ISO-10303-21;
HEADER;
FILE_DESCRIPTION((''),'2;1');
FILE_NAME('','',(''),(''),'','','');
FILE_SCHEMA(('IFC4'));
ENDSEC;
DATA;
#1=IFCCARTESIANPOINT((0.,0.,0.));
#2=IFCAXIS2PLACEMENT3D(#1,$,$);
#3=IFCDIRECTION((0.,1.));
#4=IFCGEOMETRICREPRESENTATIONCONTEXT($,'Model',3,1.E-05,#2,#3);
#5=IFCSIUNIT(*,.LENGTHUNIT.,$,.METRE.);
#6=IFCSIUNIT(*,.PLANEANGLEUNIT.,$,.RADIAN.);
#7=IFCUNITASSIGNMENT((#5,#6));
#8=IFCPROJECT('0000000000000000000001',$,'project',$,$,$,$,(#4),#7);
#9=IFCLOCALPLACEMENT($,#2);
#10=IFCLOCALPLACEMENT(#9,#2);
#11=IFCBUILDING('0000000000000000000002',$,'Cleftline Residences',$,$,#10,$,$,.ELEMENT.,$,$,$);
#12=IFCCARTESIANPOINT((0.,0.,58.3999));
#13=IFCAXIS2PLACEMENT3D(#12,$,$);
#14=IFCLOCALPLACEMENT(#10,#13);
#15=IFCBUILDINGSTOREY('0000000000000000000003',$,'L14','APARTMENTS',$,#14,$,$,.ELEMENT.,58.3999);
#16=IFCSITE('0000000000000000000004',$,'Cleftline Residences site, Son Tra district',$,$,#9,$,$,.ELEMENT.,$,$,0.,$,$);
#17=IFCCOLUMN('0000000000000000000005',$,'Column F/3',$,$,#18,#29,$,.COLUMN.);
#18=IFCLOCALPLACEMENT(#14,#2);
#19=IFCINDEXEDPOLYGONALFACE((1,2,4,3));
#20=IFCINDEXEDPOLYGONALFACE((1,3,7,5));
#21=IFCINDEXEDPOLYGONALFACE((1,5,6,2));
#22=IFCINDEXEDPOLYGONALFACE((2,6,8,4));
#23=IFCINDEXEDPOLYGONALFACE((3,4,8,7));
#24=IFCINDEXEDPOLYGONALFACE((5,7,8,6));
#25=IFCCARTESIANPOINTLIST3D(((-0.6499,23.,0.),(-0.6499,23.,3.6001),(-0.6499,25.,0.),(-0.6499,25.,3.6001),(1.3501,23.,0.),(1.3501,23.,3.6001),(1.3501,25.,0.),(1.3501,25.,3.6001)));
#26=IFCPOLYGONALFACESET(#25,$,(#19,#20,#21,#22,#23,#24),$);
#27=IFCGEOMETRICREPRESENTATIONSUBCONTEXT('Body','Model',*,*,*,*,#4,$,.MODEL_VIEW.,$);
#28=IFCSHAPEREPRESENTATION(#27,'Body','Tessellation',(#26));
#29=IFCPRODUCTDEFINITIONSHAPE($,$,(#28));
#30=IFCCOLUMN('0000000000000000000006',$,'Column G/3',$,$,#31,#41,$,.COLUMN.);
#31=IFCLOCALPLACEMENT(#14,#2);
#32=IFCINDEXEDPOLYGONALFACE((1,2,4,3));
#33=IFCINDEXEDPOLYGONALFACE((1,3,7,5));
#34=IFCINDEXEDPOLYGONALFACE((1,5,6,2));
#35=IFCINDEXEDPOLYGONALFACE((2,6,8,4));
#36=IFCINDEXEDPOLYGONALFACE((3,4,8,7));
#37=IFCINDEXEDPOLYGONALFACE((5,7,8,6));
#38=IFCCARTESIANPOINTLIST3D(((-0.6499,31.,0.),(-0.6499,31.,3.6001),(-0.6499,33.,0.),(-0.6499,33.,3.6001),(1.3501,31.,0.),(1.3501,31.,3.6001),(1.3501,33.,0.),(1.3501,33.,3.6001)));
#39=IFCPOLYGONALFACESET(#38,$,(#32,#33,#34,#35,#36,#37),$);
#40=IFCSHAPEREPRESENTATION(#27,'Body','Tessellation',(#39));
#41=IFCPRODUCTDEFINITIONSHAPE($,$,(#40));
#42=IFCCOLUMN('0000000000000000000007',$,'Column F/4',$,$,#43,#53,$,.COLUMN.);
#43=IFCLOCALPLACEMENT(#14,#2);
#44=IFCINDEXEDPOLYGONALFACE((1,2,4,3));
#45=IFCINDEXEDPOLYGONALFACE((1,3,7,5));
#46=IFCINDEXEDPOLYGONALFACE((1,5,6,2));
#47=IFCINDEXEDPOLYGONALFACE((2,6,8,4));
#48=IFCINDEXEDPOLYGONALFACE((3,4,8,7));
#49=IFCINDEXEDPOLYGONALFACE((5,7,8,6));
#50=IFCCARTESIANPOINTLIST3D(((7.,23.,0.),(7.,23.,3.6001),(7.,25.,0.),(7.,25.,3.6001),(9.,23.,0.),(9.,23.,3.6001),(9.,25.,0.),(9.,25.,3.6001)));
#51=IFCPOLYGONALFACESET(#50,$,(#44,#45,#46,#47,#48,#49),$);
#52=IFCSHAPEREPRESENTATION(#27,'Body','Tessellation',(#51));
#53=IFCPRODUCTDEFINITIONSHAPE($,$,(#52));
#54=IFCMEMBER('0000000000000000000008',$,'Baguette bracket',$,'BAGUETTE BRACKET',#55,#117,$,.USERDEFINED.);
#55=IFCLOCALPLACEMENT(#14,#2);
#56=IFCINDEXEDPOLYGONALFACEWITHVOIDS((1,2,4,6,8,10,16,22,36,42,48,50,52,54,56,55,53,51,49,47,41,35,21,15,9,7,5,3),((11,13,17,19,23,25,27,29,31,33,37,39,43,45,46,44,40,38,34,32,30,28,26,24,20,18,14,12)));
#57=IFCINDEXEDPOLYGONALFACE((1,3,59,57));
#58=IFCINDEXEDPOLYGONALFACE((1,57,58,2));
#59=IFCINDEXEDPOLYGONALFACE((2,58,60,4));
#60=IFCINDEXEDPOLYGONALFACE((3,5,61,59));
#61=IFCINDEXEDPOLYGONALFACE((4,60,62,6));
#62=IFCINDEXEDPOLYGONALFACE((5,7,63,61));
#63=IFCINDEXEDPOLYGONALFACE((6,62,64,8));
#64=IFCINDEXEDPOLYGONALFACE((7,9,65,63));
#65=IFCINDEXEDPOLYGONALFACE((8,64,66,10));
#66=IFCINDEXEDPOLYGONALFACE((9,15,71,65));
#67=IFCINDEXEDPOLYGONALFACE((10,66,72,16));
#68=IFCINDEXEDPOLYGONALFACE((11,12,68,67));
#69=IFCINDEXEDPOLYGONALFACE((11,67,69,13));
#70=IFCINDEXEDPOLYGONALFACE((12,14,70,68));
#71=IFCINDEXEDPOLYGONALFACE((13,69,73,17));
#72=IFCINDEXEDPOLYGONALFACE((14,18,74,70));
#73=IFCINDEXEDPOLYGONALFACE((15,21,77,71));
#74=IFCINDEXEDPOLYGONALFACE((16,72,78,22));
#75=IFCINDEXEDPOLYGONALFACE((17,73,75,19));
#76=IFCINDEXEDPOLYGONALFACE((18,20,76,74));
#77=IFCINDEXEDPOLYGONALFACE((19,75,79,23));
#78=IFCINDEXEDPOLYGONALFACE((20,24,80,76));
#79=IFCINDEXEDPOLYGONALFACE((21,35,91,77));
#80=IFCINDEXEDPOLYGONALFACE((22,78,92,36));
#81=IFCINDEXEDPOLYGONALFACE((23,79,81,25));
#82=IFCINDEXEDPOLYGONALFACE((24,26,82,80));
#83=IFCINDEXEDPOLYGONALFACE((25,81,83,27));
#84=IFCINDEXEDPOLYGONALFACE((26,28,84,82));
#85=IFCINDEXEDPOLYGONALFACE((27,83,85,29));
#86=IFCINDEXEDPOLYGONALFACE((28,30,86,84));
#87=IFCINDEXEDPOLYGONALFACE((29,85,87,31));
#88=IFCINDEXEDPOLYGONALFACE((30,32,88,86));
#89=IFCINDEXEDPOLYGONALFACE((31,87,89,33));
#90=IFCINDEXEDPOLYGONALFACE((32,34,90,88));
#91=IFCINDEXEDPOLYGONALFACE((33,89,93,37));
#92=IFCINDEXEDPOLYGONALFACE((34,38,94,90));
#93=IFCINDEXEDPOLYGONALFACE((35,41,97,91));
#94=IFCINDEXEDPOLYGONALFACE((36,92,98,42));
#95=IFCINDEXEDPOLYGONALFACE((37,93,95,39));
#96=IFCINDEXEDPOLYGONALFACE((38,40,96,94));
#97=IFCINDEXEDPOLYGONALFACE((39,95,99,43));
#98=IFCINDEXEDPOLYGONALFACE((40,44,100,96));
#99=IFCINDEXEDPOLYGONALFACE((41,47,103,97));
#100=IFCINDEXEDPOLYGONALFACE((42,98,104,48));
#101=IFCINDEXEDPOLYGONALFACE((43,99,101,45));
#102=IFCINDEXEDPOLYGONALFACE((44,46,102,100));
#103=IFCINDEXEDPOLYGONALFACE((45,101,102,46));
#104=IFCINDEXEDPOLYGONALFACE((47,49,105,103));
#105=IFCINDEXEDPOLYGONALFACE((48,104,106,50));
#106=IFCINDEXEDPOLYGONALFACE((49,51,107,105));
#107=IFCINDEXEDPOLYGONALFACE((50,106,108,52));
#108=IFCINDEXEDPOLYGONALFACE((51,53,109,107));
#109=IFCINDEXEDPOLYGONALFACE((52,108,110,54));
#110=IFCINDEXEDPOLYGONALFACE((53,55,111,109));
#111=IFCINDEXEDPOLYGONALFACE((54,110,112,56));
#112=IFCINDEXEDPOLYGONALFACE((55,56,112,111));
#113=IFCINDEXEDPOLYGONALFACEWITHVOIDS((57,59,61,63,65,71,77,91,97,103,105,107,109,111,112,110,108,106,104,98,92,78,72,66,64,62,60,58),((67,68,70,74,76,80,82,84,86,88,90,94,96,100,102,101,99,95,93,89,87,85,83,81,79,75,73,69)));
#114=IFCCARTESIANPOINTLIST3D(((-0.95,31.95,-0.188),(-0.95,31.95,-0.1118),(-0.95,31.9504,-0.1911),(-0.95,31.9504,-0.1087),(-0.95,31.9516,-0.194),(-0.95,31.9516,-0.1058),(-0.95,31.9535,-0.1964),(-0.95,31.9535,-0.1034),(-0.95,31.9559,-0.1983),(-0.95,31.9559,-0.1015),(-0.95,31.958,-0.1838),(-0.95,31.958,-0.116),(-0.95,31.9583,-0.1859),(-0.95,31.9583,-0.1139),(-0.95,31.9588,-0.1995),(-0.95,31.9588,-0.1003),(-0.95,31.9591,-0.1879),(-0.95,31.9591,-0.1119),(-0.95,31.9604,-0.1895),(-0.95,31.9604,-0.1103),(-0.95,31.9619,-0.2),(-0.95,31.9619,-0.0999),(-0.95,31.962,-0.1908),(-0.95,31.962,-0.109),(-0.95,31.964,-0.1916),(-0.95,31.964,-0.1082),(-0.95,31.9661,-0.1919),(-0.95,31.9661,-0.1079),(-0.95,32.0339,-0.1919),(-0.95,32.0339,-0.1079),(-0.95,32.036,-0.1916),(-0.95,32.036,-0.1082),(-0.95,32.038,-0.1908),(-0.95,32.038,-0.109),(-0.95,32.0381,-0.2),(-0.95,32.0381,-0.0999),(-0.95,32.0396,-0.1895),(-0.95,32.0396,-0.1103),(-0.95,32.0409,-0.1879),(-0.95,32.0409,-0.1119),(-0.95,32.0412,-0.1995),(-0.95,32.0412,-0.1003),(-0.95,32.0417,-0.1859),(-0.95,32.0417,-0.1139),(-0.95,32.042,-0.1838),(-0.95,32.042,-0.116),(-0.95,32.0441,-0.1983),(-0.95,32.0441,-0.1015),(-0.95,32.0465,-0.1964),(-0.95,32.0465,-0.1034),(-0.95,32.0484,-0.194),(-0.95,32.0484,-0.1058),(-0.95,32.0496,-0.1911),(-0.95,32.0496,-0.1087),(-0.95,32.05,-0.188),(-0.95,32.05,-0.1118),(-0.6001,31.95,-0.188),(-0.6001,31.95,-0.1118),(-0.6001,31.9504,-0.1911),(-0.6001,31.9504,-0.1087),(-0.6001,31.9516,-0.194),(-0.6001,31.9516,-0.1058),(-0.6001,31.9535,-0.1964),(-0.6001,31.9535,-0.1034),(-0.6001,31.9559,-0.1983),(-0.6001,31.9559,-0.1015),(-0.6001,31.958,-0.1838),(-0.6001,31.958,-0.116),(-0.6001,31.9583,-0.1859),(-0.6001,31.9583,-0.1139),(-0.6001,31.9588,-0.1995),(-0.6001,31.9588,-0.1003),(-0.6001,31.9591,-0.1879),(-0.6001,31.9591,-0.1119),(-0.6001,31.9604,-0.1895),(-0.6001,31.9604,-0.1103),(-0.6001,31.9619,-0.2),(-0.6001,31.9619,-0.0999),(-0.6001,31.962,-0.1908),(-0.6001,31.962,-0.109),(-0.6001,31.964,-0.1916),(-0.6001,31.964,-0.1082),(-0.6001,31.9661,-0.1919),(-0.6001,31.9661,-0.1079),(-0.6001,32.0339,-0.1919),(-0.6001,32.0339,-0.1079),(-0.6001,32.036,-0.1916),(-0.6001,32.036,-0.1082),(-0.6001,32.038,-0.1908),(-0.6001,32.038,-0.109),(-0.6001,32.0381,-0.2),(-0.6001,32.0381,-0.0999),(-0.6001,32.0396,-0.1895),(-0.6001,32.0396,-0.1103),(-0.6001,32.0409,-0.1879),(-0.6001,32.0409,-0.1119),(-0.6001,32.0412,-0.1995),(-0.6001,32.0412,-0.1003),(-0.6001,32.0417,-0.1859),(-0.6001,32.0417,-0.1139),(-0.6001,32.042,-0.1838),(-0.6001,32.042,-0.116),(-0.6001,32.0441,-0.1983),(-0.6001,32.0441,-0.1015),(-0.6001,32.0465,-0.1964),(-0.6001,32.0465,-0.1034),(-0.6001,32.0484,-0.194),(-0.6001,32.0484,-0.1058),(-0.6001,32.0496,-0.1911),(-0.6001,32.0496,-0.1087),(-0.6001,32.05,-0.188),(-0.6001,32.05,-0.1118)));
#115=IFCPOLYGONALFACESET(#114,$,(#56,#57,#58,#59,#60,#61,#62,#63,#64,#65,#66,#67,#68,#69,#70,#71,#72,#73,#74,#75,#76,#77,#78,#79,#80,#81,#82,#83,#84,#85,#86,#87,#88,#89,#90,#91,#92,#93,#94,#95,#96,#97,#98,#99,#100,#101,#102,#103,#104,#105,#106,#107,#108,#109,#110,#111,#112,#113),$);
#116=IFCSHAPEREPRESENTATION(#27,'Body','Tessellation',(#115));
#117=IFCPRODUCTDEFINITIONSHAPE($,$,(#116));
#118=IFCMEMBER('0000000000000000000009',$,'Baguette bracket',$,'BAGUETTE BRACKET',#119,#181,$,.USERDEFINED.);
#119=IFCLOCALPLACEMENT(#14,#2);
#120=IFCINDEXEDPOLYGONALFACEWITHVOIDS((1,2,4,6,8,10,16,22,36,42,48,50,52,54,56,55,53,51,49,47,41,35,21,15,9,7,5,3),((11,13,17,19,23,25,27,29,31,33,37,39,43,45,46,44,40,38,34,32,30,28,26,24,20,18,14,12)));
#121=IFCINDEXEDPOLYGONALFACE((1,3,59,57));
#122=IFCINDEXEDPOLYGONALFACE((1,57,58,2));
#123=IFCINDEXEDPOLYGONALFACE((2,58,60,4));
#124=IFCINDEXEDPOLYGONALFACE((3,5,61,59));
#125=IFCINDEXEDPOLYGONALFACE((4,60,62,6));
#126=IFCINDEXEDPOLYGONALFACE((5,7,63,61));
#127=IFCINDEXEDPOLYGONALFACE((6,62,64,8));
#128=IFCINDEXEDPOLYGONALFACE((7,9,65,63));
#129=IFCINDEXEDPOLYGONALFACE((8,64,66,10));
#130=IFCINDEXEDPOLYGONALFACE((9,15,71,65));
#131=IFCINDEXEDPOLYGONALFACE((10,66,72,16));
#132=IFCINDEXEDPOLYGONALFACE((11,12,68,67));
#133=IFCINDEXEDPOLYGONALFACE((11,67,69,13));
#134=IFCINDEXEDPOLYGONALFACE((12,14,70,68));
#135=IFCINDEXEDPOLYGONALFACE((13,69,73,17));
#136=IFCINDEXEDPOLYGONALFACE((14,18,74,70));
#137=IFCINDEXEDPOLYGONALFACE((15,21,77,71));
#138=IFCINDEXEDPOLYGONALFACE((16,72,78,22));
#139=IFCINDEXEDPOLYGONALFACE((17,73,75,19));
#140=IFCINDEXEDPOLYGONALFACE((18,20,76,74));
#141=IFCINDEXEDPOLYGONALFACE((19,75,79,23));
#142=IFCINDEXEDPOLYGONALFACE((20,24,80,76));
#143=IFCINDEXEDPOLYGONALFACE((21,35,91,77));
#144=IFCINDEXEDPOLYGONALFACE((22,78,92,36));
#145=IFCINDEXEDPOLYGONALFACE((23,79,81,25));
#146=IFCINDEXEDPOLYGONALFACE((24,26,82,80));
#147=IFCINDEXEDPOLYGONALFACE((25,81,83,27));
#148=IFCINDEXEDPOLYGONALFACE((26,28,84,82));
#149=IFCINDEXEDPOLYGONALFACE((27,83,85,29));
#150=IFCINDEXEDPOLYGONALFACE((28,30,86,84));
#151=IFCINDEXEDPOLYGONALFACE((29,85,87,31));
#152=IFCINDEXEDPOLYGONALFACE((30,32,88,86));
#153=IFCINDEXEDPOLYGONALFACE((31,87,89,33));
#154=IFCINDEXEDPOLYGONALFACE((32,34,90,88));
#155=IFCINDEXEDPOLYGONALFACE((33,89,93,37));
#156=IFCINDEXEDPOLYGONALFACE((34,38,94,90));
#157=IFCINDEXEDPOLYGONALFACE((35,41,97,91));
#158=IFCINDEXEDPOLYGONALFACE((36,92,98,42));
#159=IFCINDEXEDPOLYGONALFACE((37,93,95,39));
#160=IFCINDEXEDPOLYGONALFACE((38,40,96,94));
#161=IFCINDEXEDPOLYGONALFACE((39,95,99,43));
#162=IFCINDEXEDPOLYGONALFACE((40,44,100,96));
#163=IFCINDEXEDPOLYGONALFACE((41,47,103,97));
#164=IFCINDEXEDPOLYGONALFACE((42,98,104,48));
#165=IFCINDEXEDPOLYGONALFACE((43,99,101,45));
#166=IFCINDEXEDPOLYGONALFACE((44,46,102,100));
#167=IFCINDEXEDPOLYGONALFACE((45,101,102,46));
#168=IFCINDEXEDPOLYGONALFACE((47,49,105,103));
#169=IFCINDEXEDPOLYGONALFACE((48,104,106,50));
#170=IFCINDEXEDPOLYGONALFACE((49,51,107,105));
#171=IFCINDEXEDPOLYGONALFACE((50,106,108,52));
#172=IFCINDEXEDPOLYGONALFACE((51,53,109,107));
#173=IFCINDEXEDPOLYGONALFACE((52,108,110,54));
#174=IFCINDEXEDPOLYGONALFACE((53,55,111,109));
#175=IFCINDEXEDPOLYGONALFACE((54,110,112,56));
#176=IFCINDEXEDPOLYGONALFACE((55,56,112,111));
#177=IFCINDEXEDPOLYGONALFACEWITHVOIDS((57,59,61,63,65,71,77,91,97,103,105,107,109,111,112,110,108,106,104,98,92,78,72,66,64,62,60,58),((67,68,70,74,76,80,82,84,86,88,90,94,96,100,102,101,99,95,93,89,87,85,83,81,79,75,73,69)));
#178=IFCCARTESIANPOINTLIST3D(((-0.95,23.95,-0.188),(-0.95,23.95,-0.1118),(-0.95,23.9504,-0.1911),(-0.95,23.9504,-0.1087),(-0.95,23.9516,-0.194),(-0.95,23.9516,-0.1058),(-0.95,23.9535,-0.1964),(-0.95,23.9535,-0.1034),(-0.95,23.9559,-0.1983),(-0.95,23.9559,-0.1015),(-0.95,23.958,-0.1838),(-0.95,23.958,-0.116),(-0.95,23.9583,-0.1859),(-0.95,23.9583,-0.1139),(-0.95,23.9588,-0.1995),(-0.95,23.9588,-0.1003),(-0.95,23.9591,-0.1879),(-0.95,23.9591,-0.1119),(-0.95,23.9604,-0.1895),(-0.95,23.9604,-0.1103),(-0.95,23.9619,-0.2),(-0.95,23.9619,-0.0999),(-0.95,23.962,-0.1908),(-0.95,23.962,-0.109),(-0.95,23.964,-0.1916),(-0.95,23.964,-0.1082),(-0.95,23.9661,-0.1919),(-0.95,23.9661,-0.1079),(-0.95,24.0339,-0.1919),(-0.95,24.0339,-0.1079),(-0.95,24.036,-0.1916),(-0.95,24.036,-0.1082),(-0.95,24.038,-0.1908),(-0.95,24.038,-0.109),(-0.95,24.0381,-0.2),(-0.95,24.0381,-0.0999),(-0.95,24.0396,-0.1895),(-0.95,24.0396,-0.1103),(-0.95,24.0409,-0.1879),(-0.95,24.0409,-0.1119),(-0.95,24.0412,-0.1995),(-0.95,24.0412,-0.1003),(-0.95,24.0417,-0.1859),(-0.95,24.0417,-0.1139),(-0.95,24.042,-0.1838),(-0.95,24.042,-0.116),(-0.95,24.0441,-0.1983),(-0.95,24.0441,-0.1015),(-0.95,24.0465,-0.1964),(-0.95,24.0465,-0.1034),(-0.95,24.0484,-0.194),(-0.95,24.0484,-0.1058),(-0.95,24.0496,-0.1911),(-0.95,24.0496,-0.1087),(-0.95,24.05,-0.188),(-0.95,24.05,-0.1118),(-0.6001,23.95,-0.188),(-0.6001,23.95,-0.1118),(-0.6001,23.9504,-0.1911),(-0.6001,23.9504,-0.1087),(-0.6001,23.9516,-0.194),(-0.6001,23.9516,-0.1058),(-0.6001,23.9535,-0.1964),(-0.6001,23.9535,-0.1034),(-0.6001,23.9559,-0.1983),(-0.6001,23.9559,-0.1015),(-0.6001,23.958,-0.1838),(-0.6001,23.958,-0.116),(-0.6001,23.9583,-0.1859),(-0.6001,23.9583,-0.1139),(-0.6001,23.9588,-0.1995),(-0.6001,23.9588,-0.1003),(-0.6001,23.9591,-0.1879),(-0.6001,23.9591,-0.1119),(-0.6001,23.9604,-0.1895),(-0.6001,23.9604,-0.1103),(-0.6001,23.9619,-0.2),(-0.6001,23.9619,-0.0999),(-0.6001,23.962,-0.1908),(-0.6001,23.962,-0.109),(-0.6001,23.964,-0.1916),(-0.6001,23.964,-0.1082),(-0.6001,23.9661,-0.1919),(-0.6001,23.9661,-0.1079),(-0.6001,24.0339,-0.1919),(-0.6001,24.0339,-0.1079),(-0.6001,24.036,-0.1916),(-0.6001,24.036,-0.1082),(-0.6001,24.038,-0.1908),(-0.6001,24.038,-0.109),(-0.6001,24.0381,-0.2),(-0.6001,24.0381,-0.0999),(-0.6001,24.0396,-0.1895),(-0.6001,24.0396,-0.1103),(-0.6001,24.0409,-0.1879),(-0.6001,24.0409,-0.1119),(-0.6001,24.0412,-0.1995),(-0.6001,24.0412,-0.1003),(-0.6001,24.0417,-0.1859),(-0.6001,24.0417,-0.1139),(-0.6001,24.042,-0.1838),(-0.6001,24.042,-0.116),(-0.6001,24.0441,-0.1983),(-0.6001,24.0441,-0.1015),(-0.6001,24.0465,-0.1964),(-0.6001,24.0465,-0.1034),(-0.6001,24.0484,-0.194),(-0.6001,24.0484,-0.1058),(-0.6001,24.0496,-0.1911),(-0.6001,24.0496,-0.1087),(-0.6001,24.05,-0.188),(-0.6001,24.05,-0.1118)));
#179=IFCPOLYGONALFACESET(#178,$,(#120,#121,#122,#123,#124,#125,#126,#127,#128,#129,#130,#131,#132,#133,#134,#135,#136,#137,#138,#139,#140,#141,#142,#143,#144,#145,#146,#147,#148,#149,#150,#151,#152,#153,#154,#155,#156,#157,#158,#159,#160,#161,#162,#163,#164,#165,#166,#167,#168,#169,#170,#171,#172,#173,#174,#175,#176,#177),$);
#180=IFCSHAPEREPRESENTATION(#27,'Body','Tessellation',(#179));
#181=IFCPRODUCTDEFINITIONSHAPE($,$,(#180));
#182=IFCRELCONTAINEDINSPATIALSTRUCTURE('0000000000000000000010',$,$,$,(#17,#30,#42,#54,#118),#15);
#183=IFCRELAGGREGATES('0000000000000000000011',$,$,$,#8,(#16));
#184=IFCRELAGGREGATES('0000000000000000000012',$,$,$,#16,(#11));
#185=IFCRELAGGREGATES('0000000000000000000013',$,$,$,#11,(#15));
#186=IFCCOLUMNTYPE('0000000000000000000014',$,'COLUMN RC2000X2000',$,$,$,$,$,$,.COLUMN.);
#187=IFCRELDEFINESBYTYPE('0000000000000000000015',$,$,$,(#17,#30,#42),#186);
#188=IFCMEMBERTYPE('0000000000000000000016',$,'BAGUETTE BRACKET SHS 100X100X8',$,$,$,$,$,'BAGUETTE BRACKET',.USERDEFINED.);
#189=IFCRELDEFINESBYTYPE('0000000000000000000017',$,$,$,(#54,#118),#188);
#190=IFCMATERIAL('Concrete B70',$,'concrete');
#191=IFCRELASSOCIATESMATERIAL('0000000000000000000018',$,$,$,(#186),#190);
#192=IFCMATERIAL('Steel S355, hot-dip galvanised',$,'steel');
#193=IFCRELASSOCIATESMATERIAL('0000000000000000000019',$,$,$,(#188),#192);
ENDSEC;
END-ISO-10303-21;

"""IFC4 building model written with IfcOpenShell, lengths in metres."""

from ifc_helpers import new_model, si_unit, direction, frame, origin, origin_2d, place, context, subcontext, project, spatial, rectangle, hollow_rectangle, extrude, material, material_profile, profile_set, type_object, element, save


model = new_model("IFC4")

# Units and contexts
model_context = context("Model", 3, precision=1e-05, world=origin(), true_north=direction((0.0, 1.0)))
body_context = subcontext(model_context, "Body", "Model", "MODEL_VIEW")
ifc_project = project(units=[si_unit("LENGTHUNIT", "METRE"), si_unit("PLANEANGLEUNIT", "RADIAN")], contexts=[model_context])

# Site, building, storey
site_placement = place(None, origin())
site = spatial("IfcSite", under=ifc_project, at=site_placement, Name="Cleftline Residences site, Son Tra district", CompositionType="ELEMENT", RefElevation=0.0)
building_placement = place(site_placement, origin())
building = spatial("IfcBuilding", under=site, at=building_placement, Name="Cleftline Residences", CompositionType="ELEMENT")
storey_placement = place(building_placement, frame((0.0, 0.0, 58.3999)))
storey = spatial("IfcBuildingStorey", under=building, at=storey_placement, Name="L14", Description="APARTMENTS", CompositionType="ELEMENT", Elevation=58.3999)

# Columns
ifc_material_1 = material(Name="Concrete B70", Category="concrete")
ifc_material_profile_1 = material_profile(ifc_material_1, rectangle(XDim=2.0, YDim=2.0, at=origin_2d()))
ifc_profile_set_1 = profile_set([ifc_material_profile_1], Name="Concrete B70")
column_type = type_object("IfcColumnType", Name="COLUMN RC2000X2000", PredefinedType="COLUMN", material=ifc_profile_set_1)
for number, where, z_axis, x_axis, name in (
    (1, (0.3501, 24.0, 0.0), (0.0, 0.0, 1.0), (1.0, 0.0, 0.0), "Column F/3"),
    (2, (0.3501, 32.0, 0.0), (0.0, 0.0, 1.0), (1.0, 0.0, 0.0), "Column G/3"),
    (3, (8.0, 24.0, 0.0), (0.0, 0.0, 1.0), (1.0, 0.0, 0.0), "Column F/4"),
):
    element("IfcColumn", number, at=place(storey_placement, frame(where, z_axis=z_axis, x_axis=x_axis)), inside=storey, type_object=column_type, Name=name, PredefinedType="COLUMN", context=body_context, shape_type="SweptSolid", body=[
        extrude(rectangle(XDim=2.0, YDim=2.0, at=origin_2d()), origin(), (0.0, 0.0, 1.0), 3.6001),
    ])

# Members
ifc_material_2 = material(Name="Steel S355, hot-dip galvanised", Category="steel")
ifc_material_profile_2 = material_profile(ifc_material_2, hollow_rectangle(XDim=0.1001, YDim=0.1001, WallThickness=0.0081, InnerFilletRadius=0.0081, OuterFilletRadius=0.012, at=origin_2d()))
ifc_profile_set_2 = profile_set([ifc_material_profile_2], Name="Steel S355, hot-dip galvanised")
member_type_1 = type_object("IfcMemberType", Name="BAGUETTE BRACKET SHS 100X100X8", ElementType="BAGUETTE BRACKET", PredefinedType="USERDEFINED", material=ifc_profile_set_2)
for number, where, z_axis, x_axis, name in (
    (4, (-0.6001, 32.0, -0.1499), (-1.0, 0.0, 0.0), (0.0, -1.0, 0.0), "Baguette bracket"),
    (5, (-0.6001, 24.0, -0.1499), (-1.0, 0.0, 0.0), (0.0, -1.0, 0.0), "Baguette bracket"),
):
    element("IfcMember", number, at=place(storey_placement, frame(where, z_axis=z_axis, x_axis=x_axis)), inside=storey, type_object=member_type_1, Name=name, ObjectType="BAGUETTE BRACKET", PredefinedType="USERDEFINED", context=body_context, shape_type="SweptSolid", body=[
        extrude(hollow_rectangle(XDim=0.1001, YDim=0.1001, WallThickness=0.0081, InnerFilletRadius=0.0081, OuterFilletRadius=0.012, at=origin_2d()), origin(), (0.0, 0.0, 1.0), 0.3499),
    ])

save(model, "model.ifc")
